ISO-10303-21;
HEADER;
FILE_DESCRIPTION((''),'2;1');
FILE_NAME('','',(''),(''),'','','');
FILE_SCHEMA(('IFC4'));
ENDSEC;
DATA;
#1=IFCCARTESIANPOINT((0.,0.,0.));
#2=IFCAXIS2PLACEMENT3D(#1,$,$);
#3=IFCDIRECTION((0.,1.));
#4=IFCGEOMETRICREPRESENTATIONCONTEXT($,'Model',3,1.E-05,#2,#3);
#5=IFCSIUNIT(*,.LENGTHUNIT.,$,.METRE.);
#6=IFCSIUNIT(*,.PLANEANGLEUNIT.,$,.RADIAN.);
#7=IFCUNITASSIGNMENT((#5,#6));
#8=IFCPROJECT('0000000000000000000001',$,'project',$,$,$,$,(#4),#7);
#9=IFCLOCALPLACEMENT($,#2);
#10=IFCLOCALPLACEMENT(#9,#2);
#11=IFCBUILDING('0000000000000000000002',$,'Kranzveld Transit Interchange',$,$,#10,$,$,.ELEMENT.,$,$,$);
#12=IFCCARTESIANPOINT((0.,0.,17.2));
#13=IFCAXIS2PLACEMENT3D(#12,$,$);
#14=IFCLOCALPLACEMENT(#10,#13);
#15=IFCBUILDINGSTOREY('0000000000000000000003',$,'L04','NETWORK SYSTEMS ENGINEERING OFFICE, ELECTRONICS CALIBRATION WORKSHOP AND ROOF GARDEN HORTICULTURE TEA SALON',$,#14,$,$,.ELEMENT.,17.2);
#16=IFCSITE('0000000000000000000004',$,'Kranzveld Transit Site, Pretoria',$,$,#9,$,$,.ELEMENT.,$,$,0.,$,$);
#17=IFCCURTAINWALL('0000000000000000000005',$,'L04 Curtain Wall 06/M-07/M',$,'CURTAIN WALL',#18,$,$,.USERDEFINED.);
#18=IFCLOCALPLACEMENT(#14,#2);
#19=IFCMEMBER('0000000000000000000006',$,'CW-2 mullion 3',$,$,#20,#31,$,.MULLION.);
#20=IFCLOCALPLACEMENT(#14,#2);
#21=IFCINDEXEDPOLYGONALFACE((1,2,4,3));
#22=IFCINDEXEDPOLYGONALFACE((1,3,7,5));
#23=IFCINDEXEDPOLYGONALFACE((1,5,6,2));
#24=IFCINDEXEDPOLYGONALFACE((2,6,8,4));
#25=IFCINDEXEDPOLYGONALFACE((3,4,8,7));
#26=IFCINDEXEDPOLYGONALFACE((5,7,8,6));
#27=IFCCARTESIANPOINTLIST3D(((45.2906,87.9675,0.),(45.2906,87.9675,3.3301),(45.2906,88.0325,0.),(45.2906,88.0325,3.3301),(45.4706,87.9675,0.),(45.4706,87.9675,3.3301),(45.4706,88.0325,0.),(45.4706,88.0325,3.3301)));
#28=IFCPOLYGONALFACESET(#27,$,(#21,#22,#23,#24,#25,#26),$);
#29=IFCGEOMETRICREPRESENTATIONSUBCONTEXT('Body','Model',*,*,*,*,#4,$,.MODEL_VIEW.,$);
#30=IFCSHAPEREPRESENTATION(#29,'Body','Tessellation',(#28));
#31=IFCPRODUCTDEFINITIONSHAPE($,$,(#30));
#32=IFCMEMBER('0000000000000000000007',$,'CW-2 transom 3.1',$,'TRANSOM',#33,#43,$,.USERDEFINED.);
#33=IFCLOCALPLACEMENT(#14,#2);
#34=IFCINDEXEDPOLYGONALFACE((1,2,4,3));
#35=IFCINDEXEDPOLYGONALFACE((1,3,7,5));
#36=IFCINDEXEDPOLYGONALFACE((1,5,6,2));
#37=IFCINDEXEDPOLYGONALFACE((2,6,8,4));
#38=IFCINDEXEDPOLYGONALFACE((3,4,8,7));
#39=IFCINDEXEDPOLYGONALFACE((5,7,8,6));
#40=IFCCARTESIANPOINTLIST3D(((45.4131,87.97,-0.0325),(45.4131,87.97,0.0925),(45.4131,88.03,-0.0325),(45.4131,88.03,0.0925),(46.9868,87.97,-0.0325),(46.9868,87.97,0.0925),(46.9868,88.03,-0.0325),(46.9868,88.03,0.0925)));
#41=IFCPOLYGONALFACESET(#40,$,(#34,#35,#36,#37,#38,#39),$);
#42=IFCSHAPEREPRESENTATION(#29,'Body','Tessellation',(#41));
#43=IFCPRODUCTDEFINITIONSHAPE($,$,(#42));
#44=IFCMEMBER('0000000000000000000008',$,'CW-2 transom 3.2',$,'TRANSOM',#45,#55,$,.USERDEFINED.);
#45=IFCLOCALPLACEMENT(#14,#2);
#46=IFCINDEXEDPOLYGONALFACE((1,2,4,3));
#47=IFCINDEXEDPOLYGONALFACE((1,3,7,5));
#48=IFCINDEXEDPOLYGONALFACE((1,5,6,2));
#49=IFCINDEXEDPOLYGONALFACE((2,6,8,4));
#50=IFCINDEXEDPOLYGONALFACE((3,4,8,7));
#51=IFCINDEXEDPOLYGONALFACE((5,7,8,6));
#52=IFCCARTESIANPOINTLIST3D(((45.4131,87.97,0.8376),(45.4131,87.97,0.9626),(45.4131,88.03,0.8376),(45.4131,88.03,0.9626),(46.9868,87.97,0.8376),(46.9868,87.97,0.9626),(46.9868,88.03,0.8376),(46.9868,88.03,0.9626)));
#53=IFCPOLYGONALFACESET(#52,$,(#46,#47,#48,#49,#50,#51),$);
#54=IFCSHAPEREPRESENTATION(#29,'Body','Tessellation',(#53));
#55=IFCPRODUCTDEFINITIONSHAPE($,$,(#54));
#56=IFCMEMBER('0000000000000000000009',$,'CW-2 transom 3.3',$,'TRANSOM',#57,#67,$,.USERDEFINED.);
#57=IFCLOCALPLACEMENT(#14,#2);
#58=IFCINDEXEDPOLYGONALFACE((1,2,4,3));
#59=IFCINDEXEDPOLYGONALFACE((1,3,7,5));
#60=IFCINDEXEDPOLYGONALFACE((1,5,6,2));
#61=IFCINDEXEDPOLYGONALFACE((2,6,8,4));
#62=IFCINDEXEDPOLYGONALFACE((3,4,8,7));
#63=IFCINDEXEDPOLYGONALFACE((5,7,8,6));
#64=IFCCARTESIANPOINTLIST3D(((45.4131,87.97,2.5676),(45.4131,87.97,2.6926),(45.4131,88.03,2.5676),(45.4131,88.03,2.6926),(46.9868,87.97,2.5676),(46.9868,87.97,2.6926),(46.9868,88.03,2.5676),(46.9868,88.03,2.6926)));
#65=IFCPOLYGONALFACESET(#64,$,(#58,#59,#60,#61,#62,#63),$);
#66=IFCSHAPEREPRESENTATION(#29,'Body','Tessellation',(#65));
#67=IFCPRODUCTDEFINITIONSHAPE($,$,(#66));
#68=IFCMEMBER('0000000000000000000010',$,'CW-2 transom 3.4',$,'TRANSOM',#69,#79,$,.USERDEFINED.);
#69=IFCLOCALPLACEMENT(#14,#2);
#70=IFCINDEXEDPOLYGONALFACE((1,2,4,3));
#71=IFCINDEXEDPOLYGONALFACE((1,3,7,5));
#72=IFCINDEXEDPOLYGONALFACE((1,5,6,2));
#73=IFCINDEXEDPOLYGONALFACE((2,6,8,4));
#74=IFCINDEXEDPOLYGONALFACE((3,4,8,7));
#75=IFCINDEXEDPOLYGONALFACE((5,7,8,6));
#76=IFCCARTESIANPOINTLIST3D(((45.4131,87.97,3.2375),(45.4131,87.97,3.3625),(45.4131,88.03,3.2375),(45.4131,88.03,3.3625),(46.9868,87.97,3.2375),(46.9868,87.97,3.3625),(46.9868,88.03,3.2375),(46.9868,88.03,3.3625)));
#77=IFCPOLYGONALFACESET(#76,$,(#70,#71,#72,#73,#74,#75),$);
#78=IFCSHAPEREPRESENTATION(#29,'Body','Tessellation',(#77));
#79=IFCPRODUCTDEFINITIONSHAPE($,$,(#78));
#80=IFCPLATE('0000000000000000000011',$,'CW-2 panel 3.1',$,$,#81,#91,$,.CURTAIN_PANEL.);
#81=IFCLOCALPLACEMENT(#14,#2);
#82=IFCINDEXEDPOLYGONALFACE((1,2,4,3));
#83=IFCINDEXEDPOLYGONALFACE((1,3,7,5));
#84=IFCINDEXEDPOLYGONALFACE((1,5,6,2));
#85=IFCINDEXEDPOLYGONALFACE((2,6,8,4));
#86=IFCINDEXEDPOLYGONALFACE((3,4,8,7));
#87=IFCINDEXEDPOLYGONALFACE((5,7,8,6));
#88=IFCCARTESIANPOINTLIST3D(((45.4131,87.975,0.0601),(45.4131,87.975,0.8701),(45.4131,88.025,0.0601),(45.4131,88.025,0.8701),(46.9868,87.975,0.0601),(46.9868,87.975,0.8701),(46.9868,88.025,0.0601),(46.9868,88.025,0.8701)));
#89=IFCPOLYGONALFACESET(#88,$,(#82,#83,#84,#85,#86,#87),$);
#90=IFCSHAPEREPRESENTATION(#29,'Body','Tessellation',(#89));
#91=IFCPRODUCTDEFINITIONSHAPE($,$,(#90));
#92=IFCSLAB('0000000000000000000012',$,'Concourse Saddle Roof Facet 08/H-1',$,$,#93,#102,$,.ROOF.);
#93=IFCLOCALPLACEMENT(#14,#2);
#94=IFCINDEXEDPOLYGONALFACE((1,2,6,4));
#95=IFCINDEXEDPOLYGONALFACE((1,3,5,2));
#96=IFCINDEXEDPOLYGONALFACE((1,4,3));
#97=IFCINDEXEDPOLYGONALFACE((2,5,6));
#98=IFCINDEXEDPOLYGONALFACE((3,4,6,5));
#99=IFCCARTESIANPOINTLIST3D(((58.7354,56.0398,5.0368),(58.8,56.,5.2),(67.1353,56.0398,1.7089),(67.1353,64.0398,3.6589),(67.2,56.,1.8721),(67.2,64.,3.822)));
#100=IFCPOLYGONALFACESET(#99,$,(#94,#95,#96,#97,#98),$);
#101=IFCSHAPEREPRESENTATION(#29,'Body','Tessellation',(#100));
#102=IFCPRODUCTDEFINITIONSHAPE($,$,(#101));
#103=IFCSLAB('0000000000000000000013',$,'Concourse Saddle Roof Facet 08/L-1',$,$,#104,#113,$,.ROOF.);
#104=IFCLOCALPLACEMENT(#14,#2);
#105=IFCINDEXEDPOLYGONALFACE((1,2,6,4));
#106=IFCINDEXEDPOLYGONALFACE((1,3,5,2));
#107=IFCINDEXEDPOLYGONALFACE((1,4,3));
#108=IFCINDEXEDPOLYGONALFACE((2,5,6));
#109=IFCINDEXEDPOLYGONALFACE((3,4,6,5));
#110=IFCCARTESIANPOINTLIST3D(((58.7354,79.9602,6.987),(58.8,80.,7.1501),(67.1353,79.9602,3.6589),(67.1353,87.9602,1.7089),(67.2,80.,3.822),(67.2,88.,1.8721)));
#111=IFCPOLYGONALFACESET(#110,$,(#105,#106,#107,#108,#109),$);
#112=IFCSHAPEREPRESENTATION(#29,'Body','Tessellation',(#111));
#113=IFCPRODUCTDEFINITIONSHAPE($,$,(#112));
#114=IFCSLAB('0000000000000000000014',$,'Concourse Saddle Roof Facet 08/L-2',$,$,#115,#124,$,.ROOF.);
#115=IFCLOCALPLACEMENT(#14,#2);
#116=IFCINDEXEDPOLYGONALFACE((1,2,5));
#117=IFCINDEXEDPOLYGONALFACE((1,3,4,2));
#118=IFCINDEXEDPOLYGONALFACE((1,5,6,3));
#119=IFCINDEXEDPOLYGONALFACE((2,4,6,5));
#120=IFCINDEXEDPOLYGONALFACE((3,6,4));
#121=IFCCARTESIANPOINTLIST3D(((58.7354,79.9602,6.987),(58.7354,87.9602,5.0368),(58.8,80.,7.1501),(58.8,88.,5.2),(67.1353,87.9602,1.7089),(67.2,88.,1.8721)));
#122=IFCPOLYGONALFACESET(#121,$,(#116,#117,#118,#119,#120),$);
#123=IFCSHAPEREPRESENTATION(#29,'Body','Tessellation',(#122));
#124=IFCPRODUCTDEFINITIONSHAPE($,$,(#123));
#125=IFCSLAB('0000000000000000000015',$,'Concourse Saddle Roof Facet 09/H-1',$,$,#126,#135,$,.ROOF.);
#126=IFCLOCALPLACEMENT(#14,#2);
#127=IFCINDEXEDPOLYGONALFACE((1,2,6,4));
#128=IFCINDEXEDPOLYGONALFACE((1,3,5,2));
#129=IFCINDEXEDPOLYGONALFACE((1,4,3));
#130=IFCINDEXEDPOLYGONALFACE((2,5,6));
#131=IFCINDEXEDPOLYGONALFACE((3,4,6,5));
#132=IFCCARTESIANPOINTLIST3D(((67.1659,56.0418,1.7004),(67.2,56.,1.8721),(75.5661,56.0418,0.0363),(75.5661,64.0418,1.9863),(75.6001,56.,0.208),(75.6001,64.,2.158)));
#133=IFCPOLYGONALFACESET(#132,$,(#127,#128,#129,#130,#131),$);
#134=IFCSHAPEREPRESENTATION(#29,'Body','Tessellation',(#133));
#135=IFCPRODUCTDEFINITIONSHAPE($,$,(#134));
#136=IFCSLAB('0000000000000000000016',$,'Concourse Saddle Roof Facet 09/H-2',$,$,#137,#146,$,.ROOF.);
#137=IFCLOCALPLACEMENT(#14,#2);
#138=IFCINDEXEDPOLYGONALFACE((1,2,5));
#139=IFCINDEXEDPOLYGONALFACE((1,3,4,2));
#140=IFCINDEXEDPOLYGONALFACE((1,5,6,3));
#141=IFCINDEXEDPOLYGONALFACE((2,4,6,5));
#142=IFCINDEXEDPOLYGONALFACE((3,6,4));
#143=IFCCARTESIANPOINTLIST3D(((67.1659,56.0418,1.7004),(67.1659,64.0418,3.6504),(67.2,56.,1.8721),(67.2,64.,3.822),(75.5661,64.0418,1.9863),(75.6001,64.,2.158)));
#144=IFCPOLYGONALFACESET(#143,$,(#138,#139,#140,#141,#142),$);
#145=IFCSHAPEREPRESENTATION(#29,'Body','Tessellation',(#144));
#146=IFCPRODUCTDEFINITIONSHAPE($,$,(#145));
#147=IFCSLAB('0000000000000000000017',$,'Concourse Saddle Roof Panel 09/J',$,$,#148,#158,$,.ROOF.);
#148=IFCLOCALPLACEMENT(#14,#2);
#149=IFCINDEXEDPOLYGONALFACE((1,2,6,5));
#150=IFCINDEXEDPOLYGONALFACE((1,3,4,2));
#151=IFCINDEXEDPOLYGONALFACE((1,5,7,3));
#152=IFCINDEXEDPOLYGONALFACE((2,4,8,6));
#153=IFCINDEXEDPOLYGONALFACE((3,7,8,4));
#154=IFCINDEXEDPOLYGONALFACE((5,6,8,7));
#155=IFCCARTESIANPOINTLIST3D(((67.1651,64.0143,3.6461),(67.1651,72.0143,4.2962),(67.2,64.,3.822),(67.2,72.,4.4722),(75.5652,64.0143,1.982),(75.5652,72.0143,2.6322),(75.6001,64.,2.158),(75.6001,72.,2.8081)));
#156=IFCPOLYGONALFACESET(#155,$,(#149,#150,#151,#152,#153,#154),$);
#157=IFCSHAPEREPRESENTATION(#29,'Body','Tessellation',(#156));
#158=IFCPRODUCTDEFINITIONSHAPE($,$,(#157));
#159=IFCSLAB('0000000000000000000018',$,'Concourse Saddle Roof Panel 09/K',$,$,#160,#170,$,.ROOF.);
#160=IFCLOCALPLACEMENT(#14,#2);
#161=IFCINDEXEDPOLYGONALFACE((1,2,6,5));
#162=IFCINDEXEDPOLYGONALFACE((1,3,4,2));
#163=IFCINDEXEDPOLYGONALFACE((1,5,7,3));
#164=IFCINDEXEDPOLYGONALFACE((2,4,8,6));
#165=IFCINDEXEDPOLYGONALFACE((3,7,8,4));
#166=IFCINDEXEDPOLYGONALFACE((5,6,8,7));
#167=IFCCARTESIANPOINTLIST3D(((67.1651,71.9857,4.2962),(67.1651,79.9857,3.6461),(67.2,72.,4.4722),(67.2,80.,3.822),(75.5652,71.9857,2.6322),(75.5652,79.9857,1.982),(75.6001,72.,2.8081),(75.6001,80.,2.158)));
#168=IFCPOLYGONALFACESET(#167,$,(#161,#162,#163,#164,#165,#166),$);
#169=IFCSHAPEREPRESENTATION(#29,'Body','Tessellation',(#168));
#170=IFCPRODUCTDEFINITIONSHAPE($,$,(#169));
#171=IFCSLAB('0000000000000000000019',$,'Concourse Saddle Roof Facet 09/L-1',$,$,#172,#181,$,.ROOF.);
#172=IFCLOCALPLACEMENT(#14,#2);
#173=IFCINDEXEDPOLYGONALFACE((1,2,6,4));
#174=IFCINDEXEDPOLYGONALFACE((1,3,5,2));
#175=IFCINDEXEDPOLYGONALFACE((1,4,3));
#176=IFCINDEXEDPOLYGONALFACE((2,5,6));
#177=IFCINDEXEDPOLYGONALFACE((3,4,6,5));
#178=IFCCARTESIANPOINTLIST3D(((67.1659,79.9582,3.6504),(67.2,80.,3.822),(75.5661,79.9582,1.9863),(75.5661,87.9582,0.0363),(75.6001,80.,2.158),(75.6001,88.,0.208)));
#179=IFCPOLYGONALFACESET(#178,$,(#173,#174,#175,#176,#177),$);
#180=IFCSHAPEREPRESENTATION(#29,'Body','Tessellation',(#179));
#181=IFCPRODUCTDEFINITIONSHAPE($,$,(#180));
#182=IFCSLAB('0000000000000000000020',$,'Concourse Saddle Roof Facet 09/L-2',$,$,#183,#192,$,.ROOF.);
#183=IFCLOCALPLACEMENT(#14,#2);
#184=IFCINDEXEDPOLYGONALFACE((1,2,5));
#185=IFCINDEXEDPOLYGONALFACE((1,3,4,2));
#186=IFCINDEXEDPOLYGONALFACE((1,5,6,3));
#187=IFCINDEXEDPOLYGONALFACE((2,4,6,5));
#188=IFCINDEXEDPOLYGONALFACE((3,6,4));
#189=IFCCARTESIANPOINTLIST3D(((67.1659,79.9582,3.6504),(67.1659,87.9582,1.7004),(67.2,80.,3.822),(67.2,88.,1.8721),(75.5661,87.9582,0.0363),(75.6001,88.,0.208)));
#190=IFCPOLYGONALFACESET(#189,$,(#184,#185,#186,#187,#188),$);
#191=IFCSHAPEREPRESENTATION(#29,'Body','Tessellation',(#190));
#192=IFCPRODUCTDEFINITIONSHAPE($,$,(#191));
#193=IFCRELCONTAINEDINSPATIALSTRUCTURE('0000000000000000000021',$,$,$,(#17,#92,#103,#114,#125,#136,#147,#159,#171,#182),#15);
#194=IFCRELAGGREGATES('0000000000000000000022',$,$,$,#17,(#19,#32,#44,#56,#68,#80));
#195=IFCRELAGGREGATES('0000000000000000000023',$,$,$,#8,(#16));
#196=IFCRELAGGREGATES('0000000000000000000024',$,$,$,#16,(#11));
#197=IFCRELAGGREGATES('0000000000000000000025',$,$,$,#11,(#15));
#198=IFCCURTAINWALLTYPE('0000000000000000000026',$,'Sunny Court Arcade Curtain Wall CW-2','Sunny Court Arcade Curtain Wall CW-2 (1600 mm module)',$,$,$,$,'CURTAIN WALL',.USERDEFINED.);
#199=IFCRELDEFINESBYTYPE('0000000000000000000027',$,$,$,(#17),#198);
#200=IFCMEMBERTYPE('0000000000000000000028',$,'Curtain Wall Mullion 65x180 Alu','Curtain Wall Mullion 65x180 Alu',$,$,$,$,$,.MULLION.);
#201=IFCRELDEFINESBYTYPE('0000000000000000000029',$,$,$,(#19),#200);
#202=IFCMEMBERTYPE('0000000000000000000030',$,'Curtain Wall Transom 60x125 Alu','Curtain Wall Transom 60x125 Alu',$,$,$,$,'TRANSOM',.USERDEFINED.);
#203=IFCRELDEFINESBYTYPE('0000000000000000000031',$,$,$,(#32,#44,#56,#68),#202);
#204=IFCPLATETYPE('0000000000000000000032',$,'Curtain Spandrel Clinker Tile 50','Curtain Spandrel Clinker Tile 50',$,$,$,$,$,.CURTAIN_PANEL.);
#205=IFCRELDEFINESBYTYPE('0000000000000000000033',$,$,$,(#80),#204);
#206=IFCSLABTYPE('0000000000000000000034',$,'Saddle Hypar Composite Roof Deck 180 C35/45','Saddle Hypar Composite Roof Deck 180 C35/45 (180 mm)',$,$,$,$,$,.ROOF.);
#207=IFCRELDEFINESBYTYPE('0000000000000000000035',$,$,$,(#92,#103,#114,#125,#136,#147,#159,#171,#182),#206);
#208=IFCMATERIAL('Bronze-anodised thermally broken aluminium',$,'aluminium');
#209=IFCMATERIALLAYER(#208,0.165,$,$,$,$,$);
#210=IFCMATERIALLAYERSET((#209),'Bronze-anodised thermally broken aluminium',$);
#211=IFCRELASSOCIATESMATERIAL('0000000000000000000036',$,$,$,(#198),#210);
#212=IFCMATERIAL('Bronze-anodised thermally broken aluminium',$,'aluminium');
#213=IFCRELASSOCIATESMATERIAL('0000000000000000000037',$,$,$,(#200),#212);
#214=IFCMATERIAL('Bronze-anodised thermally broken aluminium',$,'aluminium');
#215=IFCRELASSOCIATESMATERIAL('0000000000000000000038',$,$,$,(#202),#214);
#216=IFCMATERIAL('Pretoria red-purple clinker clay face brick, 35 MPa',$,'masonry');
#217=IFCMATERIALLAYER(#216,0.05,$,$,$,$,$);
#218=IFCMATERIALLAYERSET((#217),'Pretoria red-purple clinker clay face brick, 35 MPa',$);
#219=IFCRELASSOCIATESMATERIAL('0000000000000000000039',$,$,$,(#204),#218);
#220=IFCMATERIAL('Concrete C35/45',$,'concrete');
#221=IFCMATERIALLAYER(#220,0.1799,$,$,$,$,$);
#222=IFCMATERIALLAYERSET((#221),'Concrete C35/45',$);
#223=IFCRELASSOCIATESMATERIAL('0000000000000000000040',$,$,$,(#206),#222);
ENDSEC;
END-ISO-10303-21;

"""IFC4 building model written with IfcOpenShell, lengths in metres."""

from ifc_helpers import new_model, si_unit, direction, frame, origin, origin_2d, place, context, subcontext, project, spatial, polyline, rectangle, outline, extrude, material, layer, layer_set, material_profile, profile_set, type_object, element, aggregate, save


model = new_model("IFC4")

# Units and contexts
model_context = context("Model", 3, precision=1e-05, world=origin(), true_north=direction((0.0, 1.0)))
body_context = subcontext(model_context, "Body", "Model", "MODEL_VIEW")
ifc_project = project(units=[si_unit("LENGTHUNIT", "METRE"), si_unit("PLANEANGLEUNIT", "RADIAN")], contexts=[model_context])

# Site, building, storey
site_placement = place(None, origin())
site = spatial("IfcSite", under=ifc_project, at=site_placement, Name="Kranzveld Transit Site, Pretoria", CompositionType="ELEMENT", RefElevation=0.0)
building_placement = place(site_placement, origin())
building = spatial("IfcBuilding", under=site, at=building_placement, Name="Kranzveld Transit Interchange", CompositionType="ELEMENT")
storey_placement = place(building_placement, frame((0.0, 0.0, 17.2)))
storey = spatial("IfcBuildingStorey", under=building, at=storey_placement, Name="L04", Description="NETWORK SYSTEMS ENGINEERING OFFICE, ELECTRONICS CALIBRATION WORKSHOP AND ROOF GARDEN HORTICULTURE TEA SALON", CompositionType="ELEMENT", Elevation=17.2)

# Curtain wall, members, plate
ifc_material_1 = material(Name="Bronze-anodised thermally broken aluminium", Category="aluminium")
ifc_layer_1 = layer(ifc_material_1, 0.165)
ifc_layer_set_1 = layer_set([ifc_layer_1], Name="Bronze-anodised thermally broken aluminium")
curtain_wall_type = type_object("IfcCurtainWallType", Name="Sunny Court Arcade Curtain Wall CW-2", Description="Sunny Court Arcade Curtain Wall CW-2 (1600 mm module)", ElementType="CURTAIN WALL", PredefinedType="USERDEFINED", material=ifc_layer_set_1)
curtain_wall_placement = place(storey_placement, origin())
curtain_wall = element("IfcCurtainWall", 1, at=curtain_wall_placement, inside=storey, type_object=curtain_wall_type, Name="L04 Curtain Wall 06/M-07/M", ObjectType="CURTAIN WALL", PredefinedType="USERDEFINED")
ifc_material_2 = material(Name="Bronze-anodised thermally broken aluminium", Category="aluminium")
ifc_material_profile_1 = material_profile(ifc_material_2, rectangle(XDim=0.0649, YDim=0.1799, at=origin_2d()), Name="ALU MULLION 65x180")
ifc_profile_set_1 = profile_set([ifc_material_profile_1], Name="Bronze-anodised thermally broken aluminium")
member_type_1 = type_object("IfcMemberType", Name="Curtain Wall Mullion 65x180 Alu", Description="Curtain Wall Mullion 65x180 Alu", PredefinedType="MULLION", material=ifc_profile_set_1)
member_1_placement = place(storey_placement, frame((45.3806, 88.0, 0.0), z_axis=(0.0, 0.0, 1.0), x_axis=(0.0, 1.0, 0.0)))
member_1 = element("IfcMember", 2, at=member_1_placement, type_object=member_type_1, Name="CW-2 mullion 3", PredefinedType="MULLION", context=body_context, shape_type="SweptSolid", body=[
    extrude(rectangle(XDim=0.0649, YDim=0.1799, at=origin_2d()), origin(), (0.0, 0.0, 1.0), 3.3301),
])
ifc_material_3 = material(Name="Bronze-anodised thermally broken aluminium", Category="aluminium")
ifc_material_profile_2 = material_profile(ifc_material_3, rectangle(XDim=0.0601, YDim=0.125, at=origin_2d()), Name="ALU TRANSOM 60x125")
ifc_profile_set_2 = profile_set([ifc_material_profile_2], Name="Bronze-anodised thermally broken aluminium")
member_type_2 = type_object("IfcMemberType", Name="Curtain Wall Transom 60x125 Alu", Description="Curtain Wall Transom 60x125 Alu", ElementType="TRANSOM", PredefinedType="USERDEFINED", material=ifc_profile_set_2)
member_2_placement = place(storey_placement, frame((45.4131, 88.0, 0.03), z_axis=(1.0, 0.0, 0.0), x_axis=(0.0, 1.0, 0.0)))
member_2 = element("IfcMember", 3, at=member_2_placement, type_object=member_type_2, Name="CW-2 transom 3.1", ObjectType="TRANSOM", PredefinedType="USERDEFINED", context=body_context, shape_type="SweptSolid", body=[
    extrude(rectangle(XDim=0.0601, YDim=0.125, at=origin_2d()), origin(), (0.0, 0.0, 1.0), 1.5737),
])
member_3_placement = place(storey_placement, frame((45.4131, 88.0, 0.9001), z_axis=(1.0, 0.0, 0.0), x_axis=(0.0, 1.0, 0.0)))
member_3 = element("IfcMember", 4, at=member_3_placement, type_object=member_type_2, Name="CW-2 transom 3.2", ObjectType="TRANSOM", PredefinedType="USERDEFINED", context=body_context, shape_type="SweptSolid", body=[
    extrude(rectangle(XDim=0.0601, YDim=0.125, at=origin_2d()), origin(), (0.0, 0.0, 1.0), 1.5737),
])
member_4_placement = place(storey_placement, frame((45.4131, 88.0, 2.6301), z_axis=(1.0, 0.0, 0.0), x_axis=(0.0, 1.0, 0.0)))
member_4 = element("IfcMember", 5, at=member_4_placement, type_object=member_type_2, Name="CW-2 transom 3.3", ObjectType="TRANSOM", PredefinedType="USERDEFINED", context=body_context, shape_type="SweptSolid", body=[
    extrude(rectangle(XDim=0.0601, YDim=0.125, at=origin_2d()), origin(), (0.0, 0.0, 1.0), 1.5737),
])
member_5_placement = place(storey_placement, frame((45.4131, 88.0, 3.3), z_axis=(1.0, 0.0, 0.0), x_axis=(0.0, 1.0, 0.0)))
member_5 = element("IfcMember", 6, at=member_5_placement, type_object=member_type_2, Name="CW-2 transom 3.4", ObjectType="TRANSOM", PredefinedType="USERDEFINED", context=body_context, shape_type="SweptSolid", body=[
    extrude(rectangle(XDim=0.0601, YDim=0.125, at=origin_2d()), origin(), (0.0, 0.0, 1.0), 1.5737),
])
ifc_material_4 = material(Name="Pretoria red-purple clinker clay face brick, 35 MPa", Category="masonry")
ifc_layer_2 = layer(ifc_material_4, 0.05)
ifc_layer_set_2 = layer_set([ifc_layer_2], Name="Pretoria red-purple clinker clay face brick, 35 MPa")
plate_type = type_object("IfcPlateType", Name="Curtain Spandrel Clinker Tile 50", Description="Curtain Spandrel Clinker Tile 50", PredefinedType="CURTAIN_PANEL", material=ifc_layer_set_2)
plate_placement = place(storey_placement, frame((46.2, 88.0, 0.0601), z_axis=(0.0, 0.0, 1.0), x_axis=(1.0, 0.0, 0.0)))
plate = element("IfcPlate", 7, at=plate_placement, type_object=plate_type, Name="CW-2 panel 3.1", PredefinedType="CURTAIN_PANEL", context=body_context, shape_type="SweptSolid", body=[
    extrude(rectangle(XDim=1.5737, YDim=0.05, at=origin_2d()), origin(), (0.0, 0.0, 1.0), 0.8101),
])
aggregate(curtain_wall, [member_1, member_2, member_3, member_4, member_5, plate])

# Slabs
ifc_material_5 = material(Name="Concrete C35/45", Category="concrete")
ifc_layer_3 = layer(ifc_material_5, 0.1799)
ifc_layer_set_3 = layer_set([ifc_layer_3], Name="Concrete C35/45")
slab_type = type_object("IfcSlabType", Name="Saddle Hypar Composite Roof Deck 180 C35/45", Description="Saddle Hypar Composite Roof Deck 180 C35/45 (180 mm)", PredefinedType="ROOF", material=ifc_layer_set_3)
slab_1_placement = place(storey_placement, frame((58.8, 56.0, 5.2), z_axis=(0.35922, -0.221004, 0.906707), x_axis=(0.929696, 0.0, -0.368328)))
element("IfcSlab", 8, at=slab_1_placement, inside=storey, type_object=slab_type, Name="Concourse Saddle Roof Facet 08/H-1", PredefinedType="ROOF", context=body_context, shape_type="SweptSolid", body=[
    extrude(outline(polyline([(0.0, 0.0), (9.0351, 0.0), (8.3169, 8.2028), (0.0, 0.0)])), origin(), (0.0, 0.0, -1.0), 0.1799),
])
slab_2_placement = place(storey_placement, frame((58.8, 80.0, 7.1501), z_axis=(0.359243, 0.221002, 0.906699), x_axis=(0.929687, 0.0, -0.368351)))
element("IfcSlab", 9, at=slab_2_placement, inside=storey, type_object=slab_type, Name="Concourse Saddle Roof Facet 08/L-1", PredefinedType="ROOF", context=body_context, shape_type="SweptSolid", body=[
    extrude(outline(polyline([(0.0, 0.0), (9.0352, 0.0), (9.7535, 8.2028), (0.0, 0.0)])), origin(), (0.0, 0.0, -1.0), 0.1799),
])
slab_3_placement = place(storey_placement, frame((58.8, 80.0, 7.1501), z_axis=(0.359218, 0.221031, 0.906702), x_axis=(0.659112, 0.627733, -0.414153)))
element("IfcSlab", 10, at=slab_3_placement, inside=storey, type_object=slab_type, Name="Concourse Saddle Roof Facet 08/L-2", PredefinedType="ROOF", context=body_context, shape_type="SweptSolid", body=[
    extrude(outline(polyline([(0.0, 0.0), (12.7443, 0.0), (5.8295, 5.8155), (0.0, 0.0)])), origin(), (0.0, 0.0, -1.0), 0.1799),
])
slab_4_placement = place(storey_placement, frame((67.2, 56.0, 1.8721), z_axis=(0.188996, -0.232543, 0.954046), x_axis=(0.980938, 0.0, -0.194323)))
element("IfcSlab", 11, at=slab_4_placement, inside=storey, type_object=slab_type, Name="Concourse Saddle Roof Facet 09/H-1", PredefinedType="ROOF", context=body_context, shape_type="SweptSolid", body=[
    extrude(outline(polyline([(0.0, 0.0), (8.5634, 0.0), (8.1845, 8.2255), (0.0, 0.0)])), origin(), (0.0, 0.0, -1.0), 0.1799),
])
slab_5_placement = place(storey_placement, frame((67.2, 56.0, 1.8721), z_axis=(0.188996, -0.232543, 0.954046), x_axis=(0.723924, 0.68944, 0.024638)))
element("IfcSlab", 12, at=slab_5_placement, inside=storey, type_object=slab_type, Name="Concourse Saddle Roof Facet 09/H-2", PredefinedType="ROOF", context=body_context, shape_type="SweptSolid", body=[
    extrude(outline(polyline([(0.0, 0.0), (11.6036, 0.0), (5.5636, 6.0703), (0.0, 0.0)])), origin(), (0.0, 0.0, -1.0), 0.1799),
])
slab_6_placement = place(storey_placement, frame((67.2, 64.0, 3.822), z_axis=(0.193708, -0.079467, 0.977835), x_axis=(0.980938, 0.0, -0.194323)))
element("IfcSlab", 13, at=slab_6_placement, inside=storey, type_object=slab_type, Name="Concourse Saddle Roof Panel 09/J", PredefinedType="ROOF", context=body_context, shape_type="SweptSolid", body=[
    extrude(outline(polyline([(0.0, 0.0), (8.5634, 0.0), (8.437, 8.0254), (-0.1263, 8.0254), (0.0, 0.0)])), origin(), (0.0, 0.0, -1.0), 0.1799),
])
slab_7_placement = place(storey_placement, frame((67.2, 72.0, 4.4722), z_axis=(0.193708, 0.079467, 0.977835), x_axis=(0.980938, 0.0, -0.194323)))
element("IfcSlab", 14, at=slab_7_placement, inside=storey, type_object=slab_type, Name="Concourse Saddle Roof Panel 09/K", PredefinedType="ROOF", context=body_context, shape_type="SweptSolid", body=[
    extrude(outline(polyline([(0.0, 0.0), (8.5634, 0.0), (8.6897, 8.0254), (0.1263, 8.0254), (0.0, 0.0)])), origin(), (0.0, 0.0, -1.0), 0.1799),
])
slab_8_placement = place(storey_placement, frame((67.2, 80.0, 3.822), z_axis=(0.188996, 0.232543, 0.954046), x_axis=(0.980938, 0.0, -0.194323)))
element("IfcSlab", 15, at=slab_8_placement, inside=storey, type_object=slab_type, Name="Concourse Saddle Roof Facet 09/L-1", PredefinedType="ROOF", context=body_context, shape_type="SweptSolid", body=[
    extrude(outline(polyline([(0.0, 0.0), (8.5634, 0.0), (8.9423, 8.2255), (0.0, 0.0)])), origin(), (0.0, 0.0, -1.0), 0.1799),
])
slab_9_placement = place(storey_placement, frame((67.2, 80.0, 3.822), z_axis=(0.188996, 0.232543, 0.954046), x_axis=(0.691368, 0.658434, -0.297449)))
element("IfcSlab", 16, at=slab_9_placement, inside=storey, type_object=slab_type, Name="Concourse Saddle Roof Facet 09/L-2", PredefinedType="ROOF", context=body_context, shape_type="SweptSolid", body=[
    extrude(outline(polyline([(0.0, 0.0), (12.15, 0.0), (5.8475, 5.7974), (0.0, 0.0)])), origin(), (0.0, 0.0, -1.0), 0.1799),
])

save(model, "model.ifc")
